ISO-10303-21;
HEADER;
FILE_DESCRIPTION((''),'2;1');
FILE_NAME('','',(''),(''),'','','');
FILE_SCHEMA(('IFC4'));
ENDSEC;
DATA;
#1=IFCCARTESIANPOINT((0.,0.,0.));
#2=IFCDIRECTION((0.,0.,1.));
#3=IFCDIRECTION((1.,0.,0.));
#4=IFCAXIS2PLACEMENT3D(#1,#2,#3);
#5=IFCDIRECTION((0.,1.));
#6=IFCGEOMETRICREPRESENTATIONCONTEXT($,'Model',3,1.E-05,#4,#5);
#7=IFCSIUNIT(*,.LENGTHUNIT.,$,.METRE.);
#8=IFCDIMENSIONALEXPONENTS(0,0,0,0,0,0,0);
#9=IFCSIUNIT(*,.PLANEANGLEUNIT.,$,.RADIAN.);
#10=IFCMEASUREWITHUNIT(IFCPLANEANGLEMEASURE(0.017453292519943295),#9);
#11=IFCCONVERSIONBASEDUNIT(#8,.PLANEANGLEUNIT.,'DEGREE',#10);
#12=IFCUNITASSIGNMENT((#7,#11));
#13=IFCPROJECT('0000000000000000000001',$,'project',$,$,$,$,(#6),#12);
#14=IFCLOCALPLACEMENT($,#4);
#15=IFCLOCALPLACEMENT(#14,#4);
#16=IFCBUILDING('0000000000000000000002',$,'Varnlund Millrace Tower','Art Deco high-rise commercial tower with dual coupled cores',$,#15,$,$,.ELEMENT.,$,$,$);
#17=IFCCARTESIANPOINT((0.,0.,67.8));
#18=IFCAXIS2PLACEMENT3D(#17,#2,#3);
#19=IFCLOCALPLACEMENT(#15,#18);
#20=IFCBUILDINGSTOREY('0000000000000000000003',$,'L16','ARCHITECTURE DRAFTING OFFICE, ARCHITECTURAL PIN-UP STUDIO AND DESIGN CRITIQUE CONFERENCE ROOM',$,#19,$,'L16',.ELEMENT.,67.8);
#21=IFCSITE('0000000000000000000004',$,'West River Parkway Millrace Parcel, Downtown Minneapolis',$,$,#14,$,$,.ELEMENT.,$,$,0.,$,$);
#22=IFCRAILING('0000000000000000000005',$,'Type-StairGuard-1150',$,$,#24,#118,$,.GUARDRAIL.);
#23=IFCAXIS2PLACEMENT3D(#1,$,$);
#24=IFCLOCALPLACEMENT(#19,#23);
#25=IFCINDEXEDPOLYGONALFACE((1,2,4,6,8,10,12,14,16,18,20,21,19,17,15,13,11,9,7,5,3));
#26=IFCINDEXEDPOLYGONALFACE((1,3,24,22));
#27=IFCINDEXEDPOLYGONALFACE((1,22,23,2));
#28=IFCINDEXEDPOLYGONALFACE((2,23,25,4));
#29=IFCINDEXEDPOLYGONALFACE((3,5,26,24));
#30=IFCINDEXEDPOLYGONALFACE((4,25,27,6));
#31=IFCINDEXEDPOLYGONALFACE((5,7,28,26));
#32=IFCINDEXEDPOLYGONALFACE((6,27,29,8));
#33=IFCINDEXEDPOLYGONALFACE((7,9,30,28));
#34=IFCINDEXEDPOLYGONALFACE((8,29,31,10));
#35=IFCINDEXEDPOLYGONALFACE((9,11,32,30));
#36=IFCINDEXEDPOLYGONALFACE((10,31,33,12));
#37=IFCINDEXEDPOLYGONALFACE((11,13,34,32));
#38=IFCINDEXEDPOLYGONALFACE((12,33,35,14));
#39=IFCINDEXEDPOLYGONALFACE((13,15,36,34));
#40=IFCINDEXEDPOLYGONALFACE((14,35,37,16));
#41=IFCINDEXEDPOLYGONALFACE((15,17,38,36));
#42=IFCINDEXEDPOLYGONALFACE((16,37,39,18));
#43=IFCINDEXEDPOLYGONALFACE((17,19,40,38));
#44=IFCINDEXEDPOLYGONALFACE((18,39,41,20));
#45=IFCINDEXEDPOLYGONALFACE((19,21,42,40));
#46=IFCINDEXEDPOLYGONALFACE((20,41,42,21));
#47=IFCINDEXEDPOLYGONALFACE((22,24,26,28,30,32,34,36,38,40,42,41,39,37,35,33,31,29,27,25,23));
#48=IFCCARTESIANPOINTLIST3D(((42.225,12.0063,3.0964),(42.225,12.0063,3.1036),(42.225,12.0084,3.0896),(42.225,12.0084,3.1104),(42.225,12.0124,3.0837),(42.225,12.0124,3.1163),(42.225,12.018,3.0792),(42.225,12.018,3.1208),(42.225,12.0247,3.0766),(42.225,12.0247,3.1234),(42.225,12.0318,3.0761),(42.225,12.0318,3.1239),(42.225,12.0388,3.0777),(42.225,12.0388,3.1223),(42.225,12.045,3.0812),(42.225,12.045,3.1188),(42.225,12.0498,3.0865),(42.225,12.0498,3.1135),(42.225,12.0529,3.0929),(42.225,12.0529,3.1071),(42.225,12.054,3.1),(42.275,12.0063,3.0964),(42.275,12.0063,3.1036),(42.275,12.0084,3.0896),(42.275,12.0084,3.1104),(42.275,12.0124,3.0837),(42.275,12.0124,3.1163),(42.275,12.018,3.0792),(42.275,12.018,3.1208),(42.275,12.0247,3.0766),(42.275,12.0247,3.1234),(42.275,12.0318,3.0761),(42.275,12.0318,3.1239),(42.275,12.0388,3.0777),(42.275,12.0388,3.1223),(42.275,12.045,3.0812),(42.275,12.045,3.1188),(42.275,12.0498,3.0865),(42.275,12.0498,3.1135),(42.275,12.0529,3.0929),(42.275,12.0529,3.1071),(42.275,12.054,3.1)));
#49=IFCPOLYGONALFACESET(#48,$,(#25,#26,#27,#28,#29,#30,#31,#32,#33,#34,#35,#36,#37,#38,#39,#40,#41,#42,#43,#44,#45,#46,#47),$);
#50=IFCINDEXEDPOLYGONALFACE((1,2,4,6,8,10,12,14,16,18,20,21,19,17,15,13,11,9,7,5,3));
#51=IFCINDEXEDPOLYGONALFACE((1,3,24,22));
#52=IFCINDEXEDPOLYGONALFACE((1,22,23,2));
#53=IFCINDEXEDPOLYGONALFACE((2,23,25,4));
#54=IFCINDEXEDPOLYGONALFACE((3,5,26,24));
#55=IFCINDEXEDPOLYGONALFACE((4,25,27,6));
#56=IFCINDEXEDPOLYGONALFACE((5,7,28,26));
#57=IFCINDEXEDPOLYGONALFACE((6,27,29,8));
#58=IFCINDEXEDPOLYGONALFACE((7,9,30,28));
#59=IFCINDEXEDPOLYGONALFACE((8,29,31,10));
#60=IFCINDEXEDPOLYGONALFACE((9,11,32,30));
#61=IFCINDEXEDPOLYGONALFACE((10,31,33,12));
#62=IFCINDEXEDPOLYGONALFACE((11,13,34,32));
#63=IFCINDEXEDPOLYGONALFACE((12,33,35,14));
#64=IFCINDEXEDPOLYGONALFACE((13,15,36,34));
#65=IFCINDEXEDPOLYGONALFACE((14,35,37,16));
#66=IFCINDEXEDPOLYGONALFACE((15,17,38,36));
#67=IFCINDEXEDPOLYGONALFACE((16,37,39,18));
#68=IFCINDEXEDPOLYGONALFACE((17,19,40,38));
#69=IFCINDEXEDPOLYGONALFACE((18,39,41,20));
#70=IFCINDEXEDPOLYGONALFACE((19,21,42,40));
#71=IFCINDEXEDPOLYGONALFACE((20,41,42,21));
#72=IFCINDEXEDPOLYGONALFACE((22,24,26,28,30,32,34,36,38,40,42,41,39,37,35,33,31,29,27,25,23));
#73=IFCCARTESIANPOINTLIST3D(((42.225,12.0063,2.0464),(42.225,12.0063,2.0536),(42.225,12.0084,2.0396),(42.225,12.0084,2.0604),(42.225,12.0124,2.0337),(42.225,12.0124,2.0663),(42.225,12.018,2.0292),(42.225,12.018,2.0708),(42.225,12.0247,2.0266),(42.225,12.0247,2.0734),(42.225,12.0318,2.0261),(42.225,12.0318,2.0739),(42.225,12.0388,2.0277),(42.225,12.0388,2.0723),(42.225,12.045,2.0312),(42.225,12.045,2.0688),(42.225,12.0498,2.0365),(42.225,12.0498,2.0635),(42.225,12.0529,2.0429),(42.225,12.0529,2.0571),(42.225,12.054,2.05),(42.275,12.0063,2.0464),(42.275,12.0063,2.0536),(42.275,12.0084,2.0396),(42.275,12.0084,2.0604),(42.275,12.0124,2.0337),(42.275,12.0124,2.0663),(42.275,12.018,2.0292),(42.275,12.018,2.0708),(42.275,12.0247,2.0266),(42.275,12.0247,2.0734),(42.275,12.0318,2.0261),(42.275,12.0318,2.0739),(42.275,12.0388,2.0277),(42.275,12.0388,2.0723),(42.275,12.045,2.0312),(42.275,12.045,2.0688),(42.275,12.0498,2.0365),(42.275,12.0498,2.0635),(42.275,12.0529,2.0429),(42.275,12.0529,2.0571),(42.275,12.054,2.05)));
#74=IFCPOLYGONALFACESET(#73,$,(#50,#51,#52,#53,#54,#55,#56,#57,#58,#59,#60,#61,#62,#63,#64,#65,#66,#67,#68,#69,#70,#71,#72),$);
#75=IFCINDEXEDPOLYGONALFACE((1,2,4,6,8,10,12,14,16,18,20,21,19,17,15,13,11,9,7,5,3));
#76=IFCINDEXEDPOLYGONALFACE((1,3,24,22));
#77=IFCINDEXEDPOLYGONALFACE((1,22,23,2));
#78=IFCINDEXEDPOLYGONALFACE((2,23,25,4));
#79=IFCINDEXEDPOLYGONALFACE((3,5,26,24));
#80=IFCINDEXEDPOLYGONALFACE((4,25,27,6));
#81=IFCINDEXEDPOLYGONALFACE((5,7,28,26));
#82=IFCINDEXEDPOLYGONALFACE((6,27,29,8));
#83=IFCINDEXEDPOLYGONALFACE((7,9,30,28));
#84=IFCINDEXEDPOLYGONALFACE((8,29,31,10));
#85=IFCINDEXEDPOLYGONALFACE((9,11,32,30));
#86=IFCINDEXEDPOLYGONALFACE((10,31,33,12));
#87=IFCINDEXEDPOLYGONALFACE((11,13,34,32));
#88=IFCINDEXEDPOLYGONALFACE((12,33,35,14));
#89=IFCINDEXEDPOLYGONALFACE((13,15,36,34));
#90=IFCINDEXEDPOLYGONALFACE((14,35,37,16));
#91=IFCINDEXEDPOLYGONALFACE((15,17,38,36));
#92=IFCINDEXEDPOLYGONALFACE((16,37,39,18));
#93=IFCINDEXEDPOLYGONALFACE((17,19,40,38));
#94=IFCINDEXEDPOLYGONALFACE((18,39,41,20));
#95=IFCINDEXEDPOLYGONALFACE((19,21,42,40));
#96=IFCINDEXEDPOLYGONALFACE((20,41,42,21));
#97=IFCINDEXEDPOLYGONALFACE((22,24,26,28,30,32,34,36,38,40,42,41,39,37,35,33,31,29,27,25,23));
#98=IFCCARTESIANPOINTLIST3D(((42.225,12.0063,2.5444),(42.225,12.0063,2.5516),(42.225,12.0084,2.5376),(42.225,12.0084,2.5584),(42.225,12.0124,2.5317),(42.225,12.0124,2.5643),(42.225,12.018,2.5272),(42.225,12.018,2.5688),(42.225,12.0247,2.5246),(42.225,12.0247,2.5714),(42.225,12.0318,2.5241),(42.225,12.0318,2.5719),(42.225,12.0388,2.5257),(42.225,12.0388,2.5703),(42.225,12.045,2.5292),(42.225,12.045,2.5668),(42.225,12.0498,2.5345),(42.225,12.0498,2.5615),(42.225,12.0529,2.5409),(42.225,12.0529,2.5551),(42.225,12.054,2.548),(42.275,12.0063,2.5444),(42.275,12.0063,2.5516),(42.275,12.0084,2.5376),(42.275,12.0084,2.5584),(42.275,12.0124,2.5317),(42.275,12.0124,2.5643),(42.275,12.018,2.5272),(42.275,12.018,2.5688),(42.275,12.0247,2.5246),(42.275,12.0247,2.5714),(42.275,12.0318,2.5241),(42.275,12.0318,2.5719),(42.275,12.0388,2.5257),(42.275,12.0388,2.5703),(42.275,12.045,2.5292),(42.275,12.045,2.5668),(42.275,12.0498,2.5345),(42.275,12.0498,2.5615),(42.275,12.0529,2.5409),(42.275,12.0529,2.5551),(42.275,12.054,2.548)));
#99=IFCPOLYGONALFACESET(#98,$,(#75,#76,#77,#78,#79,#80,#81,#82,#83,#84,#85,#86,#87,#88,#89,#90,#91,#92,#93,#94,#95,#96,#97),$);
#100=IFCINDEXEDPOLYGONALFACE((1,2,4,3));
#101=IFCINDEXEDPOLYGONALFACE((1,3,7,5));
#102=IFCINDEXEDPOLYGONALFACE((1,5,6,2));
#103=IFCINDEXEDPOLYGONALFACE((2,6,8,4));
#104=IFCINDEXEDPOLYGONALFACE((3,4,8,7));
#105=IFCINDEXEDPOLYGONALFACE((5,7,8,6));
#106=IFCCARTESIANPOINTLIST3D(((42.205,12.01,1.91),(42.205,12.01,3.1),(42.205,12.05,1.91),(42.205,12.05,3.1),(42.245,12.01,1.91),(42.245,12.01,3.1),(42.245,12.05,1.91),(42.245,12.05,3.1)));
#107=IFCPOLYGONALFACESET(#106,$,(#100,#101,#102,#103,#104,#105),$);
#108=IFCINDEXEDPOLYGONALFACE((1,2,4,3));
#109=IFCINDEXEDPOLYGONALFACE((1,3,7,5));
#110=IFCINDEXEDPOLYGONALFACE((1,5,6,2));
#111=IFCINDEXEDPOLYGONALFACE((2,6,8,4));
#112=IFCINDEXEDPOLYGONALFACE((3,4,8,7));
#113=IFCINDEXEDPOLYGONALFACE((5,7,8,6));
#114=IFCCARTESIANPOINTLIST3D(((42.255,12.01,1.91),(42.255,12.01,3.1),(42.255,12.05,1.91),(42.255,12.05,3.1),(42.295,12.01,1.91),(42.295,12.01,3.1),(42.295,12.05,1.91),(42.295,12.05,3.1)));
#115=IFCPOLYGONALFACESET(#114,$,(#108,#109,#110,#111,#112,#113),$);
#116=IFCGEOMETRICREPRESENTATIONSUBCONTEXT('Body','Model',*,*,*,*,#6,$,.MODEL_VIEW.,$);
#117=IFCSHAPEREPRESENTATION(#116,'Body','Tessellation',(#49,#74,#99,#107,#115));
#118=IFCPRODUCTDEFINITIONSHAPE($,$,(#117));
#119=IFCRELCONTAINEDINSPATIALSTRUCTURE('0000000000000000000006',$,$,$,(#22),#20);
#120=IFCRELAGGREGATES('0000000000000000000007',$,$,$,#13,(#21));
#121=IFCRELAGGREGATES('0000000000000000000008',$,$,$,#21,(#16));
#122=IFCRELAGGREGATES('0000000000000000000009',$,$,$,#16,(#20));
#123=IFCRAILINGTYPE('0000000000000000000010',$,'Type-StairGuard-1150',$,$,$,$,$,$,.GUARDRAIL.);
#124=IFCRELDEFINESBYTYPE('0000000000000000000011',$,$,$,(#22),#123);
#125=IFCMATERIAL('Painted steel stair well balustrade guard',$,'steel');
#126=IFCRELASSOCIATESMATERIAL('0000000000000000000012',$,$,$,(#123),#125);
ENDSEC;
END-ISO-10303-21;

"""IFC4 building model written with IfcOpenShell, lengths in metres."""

from ifc_helpers import new_model, entity, si_unit, converted_unit, direction, frame, origin_with_axes, origin_2d_with_axis, place, context, subcontext, project, spatial, rectangle, circle, extrude, material, type_object, element, save


model = new_model("IFC4")

# Units and contexts
model_context = context("Model", 3, precision=1e-05, world=origin_with_axes(), true_north=direction((0.0, 1.0)))
body_context = subcontext(model_context, "Body", "Model", "MODEL_VIEW")
ifc_project = project(units=[si_unit("LENGTHUNIT", "METRE"), converted_unit("PLANEANGLEUNIT", "DEGREE", entity("IfcPlaneAngleMeasure", 0.017453292519943295), si_unit("PLANEANGLEUNIT", "RADIAN"), dimensions=[0, 0, 0, 0, 0, 0, 0])], contexts=[model_context])

# Site, building, storey
site_placement = place(None, origin_with_axes())
site = spatial("IfcSite", under=ifc_project, at=site_placement, Name="West River Parkway Millrace Parcel, Downtown Minneapolis", CompositionType="ELEMENT", RefElevation=0.0)
building_placement = place(site_placement, origin_with_axes())
building = spatial("IfcBuilding", under=site, at=building_placement, Name="Varnlund Millrace Tower", Description="Art Deco high-rise commercial tower with dual coupled cores", CompositionType="ELEMENT")
storey_placement = place(building_placement, frame((0.0, 0.0, 67.8), z_axis=(0.0, 0.0, 1.0), x_axis=(1.0, 0.0, 0.0)))
storey = spatial("IfcBuildingStorey", under=building, at=storey_placement, Name="L16", Description="ARCHITECTURE DRAFTING OFFICE, ARCHITECTURAL PIN-UP STUDIO AND DESIGN CRITIQUE CONFERENCE ROOM", LongName="L16", CompositionType="ELEMENT", Elevation=67.8)

# Railing
ifc_material_1 = material(Name="Painted steel stair well balustrade guard", Category="steel")
railing_type_1 = type_object("IfcRailingType", Name="Type-StairGuard-1150", PredefinedType="GUARDRAIL", material=ifc_material_1)
railing_1_placement = place(storey_placement, frame((0.0, 0.0, -67.8), z_axis=(0.0, 0.0, 1.0), x_axis=(1.0, 0.0, 0.0)))
element("IfcRailing", 1, at=railing_1_placement, inside=storey, type_object=railing_type_1, Name="Type-StairGuard-1150", PredefinedType="GUARDRAIL", context=body_context, shape_type="SweptSolid", body=[
    extrude(circle(Radius=0.024, at=origin_2d_with_axis()), frame((42.225, 12.03, 70.9), z_axis=(1.0, 0.0, 0.0), x_axis=(0.0, 1.0, 0.0)), (0.0, 0.0, 1.0), 0.05),
    extrude(circle(Radius=0.024, at=origin_2d_with_axis()), frame((42.225, 12.03, 69.85), z_axis=(1.0, 0.0, 0.0), x_axis=(0.0, 1.0, 0.0)), (0.0, 0.0, 1.0), 0.05),
    extrude(circle(Radius=0.024, at=origin_2d_with_axis()), frame((42.225, 12.03, 70.348), z_axis=(1.0, 0.0, 0.0), x_axis=(0.0, 1.0, 0.0)), (0.0, 0.0, 1.0), 0.05),
    extrude(rectangle(XDim=0.04, YDim=0.04, at=origin_2d_with_axis()), frame((42.225, 12.03, 69.71), z_axis=(0.0, 0.0, 1.0), x_axis=(1.0, 0.0, 0.0)), (0.0, 0.0, 1.0), 1.19),
    extrude(rectangle(XDim=0.04, YDim=0.04, at=origin_2d_with_axis()), frame((42.275, 12.03, 69.71), z_axis=(0.0, 0.0, 1.0), x_axis=(1.0, 0.0, 0.0)), (0.0, 0.0, 1.0), 1.19),
])

save(model, "model.ifc")
